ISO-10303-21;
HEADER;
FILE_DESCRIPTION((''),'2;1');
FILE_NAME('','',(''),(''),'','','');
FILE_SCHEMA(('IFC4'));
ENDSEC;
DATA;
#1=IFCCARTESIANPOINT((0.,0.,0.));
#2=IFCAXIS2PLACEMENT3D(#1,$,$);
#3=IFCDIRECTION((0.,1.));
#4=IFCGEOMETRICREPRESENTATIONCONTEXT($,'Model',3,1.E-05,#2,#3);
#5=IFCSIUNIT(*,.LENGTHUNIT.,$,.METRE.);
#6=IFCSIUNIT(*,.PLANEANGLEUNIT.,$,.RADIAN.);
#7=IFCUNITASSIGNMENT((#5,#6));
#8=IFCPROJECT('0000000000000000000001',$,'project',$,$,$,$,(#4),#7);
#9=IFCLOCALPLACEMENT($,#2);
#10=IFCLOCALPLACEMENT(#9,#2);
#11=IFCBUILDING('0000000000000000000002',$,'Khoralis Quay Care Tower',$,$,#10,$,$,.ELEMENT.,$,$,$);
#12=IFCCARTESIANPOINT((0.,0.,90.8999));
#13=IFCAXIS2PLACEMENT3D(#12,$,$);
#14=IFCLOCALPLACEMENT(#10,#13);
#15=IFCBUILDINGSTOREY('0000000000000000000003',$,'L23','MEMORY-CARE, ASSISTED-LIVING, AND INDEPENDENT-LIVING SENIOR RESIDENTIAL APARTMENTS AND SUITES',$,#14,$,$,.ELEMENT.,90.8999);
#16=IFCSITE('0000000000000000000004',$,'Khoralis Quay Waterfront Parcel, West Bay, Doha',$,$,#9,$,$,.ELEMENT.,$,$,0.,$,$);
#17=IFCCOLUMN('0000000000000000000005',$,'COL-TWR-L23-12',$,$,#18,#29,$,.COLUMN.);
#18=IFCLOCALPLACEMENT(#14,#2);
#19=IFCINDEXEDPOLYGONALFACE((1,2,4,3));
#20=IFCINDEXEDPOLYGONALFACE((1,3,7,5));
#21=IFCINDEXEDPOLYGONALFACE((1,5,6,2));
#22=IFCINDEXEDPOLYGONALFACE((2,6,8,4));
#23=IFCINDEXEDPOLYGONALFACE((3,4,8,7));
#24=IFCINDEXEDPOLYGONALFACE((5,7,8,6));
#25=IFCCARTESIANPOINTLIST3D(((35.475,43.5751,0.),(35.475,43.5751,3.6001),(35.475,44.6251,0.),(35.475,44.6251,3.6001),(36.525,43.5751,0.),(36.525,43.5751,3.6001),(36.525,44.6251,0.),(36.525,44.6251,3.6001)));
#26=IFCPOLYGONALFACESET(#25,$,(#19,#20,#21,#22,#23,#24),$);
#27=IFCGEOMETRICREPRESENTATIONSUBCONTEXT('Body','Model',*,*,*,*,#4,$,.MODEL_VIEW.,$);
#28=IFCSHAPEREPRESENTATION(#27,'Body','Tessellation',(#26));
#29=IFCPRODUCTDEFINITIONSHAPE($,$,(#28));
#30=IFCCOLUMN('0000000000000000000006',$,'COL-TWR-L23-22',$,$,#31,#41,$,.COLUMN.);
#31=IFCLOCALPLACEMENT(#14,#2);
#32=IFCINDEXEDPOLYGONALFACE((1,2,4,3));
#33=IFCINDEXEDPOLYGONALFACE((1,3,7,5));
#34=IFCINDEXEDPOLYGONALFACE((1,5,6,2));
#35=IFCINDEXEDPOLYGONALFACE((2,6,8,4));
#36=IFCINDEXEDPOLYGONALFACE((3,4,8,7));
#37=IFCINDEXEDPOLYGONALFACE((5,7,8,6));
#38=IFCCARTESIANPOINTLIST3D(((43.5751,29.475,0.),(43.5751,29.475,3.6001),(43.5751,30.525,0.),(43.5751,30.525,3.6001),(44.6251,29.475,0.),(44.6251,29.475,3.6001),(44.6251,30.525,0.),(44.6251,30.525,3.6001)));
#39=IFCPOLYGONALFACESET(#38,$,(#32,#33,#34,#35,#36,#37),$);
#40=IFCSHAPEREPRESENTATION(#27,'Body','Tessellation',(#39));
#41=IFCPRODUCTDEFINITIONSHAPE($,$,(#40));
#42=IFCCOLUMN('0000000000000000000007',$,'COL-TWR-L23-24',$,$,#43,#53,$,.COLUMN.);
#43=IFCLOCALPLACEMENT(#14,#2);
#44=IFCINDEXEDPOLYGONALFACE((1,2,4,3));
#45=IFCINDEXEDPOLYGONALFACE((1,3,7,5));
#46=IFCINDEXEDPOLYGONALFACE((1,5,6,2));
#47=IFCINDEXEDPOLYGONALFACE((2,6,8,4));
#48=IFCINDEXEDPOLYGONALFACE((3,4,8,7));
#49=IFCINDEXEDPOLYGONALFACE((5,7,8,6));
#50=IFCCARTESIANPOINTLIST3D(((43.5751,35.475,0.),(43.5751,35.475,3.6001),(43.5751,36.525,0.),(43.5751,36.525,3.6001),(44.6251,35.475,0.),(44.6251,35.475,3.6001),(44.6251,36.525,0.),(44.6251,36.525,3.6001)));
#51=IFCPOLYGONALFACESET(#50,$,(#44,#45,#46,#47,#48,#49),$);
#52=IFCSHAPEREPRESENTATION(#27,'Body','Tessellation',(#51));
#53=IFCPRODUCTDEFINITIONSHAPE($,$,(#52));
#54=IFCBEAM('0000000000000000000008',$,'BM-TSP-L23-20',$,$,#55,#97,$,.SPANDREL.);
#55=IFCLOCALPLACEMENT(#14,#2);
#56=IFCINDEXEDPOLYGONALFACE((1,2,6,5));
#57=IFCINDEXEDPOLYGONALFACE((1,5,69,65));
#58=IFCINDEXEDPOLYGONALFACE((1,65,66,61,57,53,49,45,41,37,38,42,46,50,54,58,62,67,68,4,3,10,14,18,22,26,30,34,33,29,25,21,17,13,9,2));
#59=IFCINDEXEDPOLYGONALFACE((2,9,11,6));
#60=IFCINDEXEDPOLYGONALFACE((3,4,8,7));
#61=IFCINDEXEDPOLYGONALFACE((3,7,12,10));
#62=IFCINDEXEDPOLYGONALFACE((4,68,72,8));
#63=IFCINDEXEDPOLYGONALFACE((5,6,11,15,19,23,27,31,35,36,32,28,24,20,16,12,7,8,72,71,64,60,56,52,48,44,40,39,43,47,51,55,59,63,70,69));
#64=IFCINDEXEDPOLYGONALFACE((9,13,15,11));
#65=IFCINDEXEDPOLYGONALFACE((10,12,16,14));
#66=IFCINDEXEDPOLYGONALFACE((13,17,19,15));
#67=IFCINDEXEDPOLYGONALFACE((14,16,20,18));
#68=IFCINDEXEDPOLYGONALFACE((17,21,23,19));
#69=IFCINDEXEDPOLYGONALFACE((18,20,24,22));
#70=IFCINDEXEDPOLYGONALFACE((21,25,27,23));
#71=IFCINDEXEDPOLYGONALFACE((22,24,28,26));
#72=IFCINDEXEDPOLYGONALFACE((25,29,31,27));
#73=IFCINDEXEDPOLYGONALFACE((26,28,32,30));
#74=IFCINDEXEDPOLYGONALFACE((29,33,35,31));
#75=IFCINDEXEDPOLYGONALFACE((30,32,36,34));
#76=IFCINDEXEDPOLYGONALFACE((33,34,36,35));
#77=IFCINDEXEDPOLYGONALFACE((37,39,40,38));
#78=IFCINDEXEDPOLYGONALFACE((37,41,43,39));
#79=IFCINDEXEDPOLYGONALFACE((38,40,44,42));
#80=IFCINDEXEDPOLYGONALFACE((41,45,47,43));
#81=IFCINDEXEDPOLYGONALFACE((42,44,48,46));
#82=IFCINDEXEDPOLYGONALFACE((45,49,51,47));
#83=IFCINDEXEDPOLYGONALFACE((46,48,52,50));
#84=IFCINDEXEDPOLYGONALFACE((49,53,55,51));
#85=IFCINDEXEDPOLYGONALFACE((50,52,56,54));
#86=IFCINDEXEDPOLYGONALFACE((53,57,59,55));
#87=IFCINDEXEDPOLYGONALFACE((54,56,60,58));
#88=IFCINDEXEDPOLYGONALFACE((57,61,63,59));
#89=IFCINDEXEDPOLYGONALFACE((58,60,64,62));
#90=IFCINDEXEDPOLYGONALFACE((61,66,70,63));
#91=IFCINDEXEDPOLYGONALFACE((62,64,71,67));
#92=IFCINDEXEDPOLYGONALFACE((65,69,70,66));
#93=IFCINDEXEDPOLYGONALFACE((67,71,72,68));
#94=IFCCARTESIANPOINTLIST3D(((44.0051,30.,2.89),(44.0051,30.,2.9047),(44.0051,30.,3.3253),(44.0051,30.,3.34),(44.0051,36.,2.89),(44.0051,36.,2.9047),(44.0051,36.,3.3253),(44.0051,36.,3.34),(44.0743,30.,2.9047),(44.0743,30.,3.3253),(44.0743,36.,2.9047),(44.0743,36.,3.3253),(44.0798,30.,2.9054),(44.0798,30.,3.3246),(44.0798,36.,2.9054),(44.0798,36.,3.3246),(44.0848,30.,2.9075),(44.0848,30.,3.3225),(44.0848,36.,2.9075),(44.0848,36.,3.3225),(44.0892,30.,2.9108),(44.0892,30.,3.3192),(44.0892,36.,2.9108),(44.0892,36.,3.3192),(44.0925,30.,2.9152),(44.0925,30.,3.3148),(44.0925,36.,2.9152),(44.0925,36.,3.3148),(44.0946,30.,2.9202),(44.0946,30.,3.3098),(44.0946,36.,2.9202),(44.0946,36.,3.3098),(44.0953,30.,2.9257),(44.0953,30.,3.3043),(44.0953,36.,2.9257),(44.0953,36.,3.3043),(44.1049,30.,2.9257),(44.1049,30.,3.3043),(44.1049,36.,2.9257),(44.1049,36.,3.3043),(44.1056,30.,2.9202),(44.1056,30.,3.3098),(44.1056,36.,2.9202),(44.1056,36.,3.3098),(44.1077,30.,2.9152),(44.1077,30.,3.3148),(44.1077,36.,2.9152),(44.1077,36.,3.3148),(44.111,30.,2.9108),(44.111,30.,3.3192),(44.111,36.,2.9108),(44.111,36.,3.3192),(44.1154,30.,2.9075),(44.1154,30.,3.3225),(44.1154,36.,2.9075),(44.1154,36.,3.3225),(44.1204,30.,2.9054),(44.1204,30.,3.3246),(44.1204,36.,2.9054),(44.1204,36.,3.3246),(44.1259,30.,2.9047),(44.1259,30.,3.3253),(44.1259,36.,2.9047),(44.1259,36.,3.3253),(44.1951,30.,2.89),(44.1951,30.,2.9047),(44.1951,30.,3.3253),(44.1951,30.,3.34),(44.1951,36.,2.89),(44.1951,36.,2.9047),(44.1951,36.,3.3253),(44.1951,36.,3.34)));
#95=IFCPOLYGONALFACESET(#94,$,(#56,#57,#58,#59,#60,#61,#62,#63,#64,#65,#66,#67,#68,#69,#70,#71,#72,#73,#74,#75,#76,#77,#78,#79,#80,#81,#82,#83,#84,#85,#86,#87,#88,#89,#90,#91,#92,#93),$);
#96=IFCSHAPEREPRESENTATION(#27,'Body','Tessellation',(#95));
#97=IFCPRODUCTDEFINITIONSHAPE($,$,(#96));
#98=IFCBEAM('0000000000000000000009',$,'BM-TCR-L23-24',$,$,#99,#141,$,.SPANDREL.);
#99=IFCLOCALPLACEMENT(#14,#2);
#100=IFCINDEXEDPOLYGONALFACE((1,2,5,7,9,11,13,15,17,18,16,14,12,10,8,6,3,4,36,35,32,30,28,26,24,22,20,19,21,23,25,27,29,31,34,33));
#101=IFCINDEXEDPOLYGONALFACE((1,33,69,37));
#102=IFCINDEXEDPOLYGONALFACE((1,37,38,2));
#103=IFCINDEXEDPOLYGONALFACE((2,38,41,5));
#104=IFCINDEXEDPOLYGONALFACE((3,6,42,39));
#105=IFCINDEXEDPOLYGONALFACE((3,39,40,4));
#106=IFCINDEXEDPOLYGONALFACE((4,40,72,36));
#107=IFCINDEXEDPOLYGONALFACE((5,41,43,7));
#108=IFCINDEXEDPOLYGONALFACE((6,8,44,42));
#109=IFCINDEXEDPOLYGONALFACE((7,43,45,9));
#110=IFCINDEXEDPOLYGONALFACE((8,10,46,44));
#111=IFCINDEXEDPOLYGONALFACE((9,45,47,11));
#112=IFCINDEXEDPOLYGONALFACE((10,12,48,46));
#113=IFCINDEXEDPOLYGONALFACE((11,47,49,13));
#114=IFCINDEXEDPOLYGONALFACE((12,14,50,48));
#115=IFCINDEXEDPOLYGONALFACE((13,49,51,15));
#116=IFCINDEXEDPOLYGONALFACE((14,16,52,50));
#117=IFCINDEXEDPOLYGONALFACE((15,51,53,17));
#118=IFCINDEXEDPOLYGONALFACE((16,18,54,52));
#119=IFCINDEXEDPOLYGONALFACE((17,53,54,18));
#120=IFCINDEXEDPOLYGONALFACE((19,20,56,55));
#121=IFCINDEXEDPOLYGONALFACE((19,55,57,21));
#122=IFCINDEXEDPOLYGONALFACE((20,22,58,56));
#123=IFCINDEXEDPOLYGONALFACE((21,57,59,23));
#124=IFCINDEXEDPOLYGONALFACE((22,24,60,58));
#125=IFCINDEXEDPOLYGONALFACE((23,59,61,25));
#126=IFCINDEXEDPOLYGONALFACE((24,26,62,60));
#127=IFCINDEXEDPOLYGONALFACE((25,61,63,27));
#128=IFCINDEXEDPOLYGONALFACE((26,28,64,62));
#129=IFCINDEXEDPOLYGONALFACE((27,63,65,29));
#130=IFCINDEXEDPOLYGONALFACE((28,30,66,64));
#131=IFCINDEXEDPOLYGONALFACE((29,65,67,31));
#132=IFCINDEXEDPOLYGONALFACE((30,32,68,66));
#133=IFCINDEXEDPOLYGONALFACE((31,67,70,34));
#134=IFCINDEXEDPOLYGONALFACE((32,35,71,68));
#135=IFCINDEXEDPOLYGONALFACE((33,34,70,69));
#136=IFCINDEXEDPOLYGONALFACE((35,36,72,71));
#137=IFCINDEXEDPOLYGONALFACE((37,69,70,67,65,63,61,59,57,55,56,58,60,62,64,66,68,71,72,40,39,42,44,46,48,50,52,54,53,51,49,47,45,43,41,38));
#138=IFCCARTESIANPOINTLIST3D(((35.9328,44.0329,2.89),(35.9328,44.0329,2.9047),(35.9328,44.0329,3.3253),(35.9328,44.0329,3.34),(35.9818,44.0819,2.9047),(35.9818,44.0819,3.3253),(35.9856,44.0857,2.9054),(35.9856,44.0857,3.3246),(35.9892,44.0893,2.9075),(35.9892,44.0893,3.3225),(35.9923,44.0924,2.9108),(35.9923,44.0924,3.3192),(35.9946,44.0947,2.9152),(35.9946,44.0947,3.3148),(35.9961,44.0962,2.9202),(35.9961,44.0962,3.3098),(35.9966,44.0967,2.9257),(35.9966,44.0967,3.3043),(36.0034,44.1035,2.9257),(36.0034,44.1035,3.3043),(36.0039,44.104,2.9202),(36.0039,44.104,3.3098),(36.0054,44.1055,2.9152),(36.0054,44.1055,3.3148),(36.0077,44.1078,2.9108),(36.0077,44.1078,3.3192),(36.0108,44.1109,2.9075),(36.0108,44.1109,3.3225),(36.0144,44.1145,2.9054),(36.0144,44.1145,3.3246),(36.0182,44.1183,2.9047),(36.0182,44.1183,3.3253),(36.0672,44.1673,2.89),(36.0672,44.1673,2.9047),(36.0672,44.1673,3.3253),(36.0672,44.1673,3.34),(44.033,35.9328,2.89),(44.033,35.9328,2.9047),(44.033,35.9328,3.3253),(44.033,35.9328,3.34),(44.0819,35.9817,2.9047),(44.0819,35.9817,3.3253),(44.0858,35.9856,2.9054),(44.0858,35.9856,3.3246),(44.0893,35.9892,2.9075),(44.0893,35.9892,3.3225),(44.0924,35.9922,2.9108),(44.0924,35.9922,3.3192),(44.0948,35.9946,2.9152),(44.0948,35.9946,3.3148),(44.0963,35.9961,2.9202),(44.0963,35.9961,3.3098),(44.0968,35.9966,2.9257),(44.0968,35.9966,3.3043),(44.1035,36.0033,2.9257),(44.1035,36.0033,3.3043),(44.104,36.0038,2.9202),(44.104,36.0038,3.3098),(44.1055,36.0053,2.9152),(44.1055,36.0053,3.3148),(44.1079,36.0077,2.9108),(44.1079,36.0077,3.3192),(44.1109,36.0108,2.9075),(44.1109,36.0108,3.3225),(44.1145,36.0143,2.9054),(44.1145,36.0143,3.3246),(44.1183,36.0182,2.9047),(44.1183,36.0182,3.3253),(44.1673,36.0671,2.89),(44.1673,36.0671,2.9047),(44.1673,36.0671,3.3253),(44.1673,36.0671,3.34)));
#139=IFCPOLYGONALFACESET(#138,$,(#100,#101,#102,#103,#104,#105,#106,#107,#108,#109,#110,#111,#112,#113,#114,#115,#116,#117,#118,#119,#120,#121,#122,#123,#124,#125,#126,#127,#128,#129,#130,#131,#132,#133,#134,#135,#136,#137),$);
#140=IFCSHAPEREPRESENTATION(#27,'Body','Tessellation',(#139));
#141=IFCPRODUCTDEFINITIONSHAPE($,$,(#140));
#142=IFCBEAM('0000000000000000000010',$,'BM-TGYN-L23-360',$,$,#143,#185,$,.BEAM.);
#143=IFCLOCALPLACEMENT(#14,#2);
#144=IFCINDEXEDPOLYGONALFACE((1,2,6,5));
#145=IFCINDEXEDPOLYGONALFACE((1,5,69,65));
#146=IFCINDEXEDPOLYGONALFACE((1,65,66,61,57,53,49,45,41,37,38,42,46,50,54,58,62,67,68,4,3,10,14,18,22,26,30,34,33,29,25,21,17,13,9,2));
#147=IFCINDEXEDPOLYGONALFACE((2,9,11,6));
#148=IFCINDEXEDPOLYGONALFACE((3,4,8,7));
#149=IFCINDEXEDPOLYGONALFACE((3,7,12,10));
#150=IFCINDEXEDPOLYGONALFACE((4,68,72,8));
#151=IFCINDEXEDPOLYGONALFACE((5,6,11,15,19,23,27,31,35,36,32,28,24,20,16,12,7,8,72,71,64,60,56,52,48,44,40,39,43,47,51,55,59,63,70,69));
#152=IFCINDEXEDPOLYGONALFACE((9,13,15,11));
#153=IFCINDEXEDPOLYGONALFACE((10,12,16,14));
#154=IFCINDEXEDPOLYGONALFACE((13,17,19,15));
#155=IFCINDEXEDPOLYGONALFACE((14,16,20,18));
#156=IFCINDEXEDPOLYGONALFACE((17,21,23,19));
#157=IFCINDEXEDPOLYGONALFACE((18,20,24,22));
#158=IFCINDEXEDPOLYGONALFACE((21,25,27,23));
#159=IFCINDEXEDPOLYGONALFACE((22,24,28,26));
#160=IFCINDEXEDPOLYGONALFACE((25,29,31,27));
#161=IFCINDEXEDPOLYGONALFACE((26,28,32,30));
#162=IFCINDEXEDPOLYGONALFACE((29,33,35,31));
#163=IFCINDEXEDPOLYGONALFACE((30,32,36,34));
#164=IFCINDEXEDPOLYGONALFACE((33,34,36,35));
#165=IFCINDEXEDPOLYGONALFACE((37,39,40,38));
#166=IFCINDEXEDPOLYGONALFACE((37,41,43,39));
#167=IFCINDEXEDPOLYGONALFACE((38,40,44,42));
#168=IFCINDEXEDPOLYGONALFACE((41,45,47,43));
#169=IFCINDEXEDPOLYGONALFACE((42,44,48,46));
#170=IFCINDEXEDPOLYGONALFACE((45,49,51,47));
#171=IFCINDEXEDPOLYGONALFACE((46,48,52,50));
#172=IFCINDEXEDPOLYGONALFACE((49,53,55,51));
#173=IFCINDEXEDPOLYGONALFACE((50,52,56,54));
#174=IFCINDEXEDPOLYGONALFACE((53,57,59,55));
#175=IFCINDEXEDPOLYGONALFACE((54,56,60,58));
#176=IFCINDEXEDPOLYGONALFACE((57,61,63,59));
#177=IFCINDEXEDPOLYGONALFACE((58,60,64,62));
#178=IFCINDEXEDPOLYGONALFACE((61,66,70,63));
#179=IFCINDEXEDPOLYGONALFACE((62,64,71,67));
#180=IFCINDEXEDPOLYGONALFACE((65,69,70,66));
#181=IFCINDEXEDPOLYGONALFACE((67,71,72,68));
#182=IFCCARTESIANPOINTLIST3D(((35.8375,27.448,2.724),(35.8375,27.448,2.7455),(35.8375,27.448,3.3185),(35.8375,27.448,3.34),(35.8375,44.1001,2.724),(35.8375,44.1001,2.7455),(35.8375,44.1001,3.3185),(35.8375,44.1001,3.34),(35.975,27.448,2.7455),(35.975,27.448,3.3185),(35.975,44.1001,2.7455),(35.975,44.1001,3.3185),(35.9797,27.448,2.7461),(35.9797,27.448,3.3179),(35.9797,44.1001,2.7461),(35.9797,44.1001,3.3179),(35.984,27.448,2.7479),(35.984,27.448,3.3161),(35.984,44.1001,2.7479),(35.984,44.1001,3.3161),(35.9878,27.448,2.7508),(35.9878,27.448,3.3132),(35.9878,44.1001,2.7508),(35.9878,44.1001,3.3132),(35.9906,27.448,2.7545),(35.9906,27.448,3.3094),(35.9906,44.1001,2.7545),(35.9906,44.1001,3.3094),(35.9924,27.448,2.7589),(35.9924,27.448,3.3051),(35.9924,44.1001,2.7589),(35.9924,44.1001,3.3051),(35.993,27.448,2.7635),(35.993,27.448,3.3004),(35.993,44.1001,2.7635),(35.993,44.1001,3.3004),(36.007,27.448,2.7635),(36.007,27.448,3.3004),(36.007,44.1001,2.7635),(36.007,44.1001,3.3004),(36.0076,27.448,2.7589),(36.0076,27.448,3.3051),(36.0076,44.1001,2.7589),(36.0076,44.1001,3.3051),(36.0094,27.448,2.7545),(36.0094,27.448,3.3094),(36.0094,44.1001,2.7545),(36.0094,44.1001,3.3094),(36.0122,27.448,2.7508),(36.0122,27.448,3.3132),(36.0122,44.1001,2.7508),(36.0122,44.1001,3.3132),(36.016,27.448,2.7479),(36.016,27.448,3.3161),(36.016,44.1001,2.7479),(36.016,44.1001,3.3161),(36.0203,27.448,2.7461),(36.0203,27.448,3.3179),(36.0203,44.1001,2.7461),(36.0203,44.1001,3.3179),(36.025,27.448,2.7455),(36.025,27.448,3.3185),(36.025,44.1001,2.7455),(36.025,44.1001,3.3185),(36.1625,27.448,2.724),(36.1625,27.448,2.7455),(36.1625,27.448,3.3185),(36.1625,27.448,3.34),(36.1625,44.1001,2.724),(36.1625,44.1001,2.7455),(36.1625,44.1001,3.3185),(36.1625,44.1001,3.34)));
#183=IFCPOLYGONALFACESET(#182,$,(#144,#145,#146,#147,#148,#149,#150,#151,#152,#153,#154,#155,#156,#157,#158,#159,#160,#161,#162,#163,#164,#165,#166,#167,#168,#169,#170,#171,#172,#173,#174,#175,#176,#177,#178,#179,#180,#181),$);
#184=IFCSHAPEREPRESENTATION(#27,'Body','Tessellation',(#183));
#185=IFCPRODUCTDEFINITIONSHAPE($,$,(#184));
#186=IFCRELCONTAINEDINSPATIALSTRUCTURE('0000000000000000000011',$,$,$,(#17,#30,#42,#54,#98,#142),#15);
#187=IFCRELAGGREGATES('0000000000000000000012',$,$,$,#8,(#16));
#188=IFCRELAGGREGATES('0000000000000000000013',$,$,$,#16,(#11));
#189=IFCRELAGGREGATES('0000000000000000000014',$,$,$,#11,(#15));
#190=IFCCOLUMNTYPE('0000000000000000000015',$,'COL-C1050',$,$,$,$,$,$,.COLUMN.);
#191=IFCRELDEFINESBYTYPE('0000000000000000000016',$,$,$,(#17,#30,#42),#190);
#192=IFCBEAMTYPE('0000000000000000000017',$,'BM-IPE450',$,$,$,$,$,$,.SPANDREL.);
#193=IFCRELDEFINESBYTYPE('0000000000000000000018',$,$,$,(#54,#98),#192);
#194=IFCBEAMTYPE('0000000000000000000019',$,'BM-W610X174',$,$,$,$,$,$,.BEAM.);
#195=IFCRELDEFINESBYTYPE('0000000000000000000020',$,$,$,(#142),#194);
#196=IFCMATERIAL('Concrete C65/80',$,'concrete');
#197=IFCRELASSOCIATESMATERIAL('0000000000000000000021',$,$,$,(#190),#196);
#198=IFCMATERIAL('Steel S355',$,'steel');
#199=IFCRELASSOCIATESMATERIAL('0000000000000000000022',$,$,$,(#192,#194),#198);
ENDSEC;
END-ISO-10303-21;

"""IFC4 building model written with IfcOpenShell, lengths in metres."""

from ifc_helpers import new_model, si_unit, direction, frame, origin, origin_2d, place, context, subcontext, project, spatial, rectangle, i_section, extrude, source, transform, mapped, material, material_profile, profile_set, type_object, element, save


model = new_model("IFC4")

# Units and contexts
model_context = context("Model", 3, precision=1e-05, world=origin(), true_north=direction((0.0, 1.0)))
body_context = subcontext(model_context, "Body", "Model", "MODEL_VIEW")
ifc_project = project(units=[si_unit("LENGTHUNIT", "METRE"), si_unit("PLANEANGLEUNIT", "RADIAN")], contexts=[model_context])

# Site, building, storey
site_placement = place(None, origin())
site = spatial("IfcSite", under=ifc_project, at=site_placement, Name="Khoralis Quay Waterfront Parcel, West Bay, Doha", CompositionType="ELEMENT", RefElevation=0.0)
building_placement = place(site_placement, origin())
building = spatial("IfcBuilding", under=site, at=building_placement, Name="Khoralis Quay Care Tower", CompositionType="ELEMENT")
storey_placement = place(building_placement, frame((0.0, 0.0, 90.8999)))
storey = spatial("IfcBuildingStorey", under=building, at=storey_placement, Name="L23", Description="MEMORY-CARE, ASSISTED-LIVING, AND INDEPENDENT-LIVING SENIOR RESIDENTIAL APARTMENTS AND SUITES", CompositionType="ELEMENT", Elevation=90.8999)

# Columns
ifc_material_1 = material(Name="Concrete C65/80", Category="concrete")
ifc_material_profile_1 = material_profile(ifc_material_1, rectangle(XDim=1.05, YDim=1.05, at=origin_2d()), Name="Concrete C65/80")
ifc_profile_set_1 = profile_set([ifc_material_profile_1], Name="Concrete C65/80")
column_type = type_object("IfcColumnType", Name="COL-C1050", PredefinedType="COLUMN", material=ifc_profile_set_1)
shared_shape_1 = source(origin(), body_context, "Body", "SweptSolid", [
    extrude(rectangle(XDim=1.05, YDim=1.05, at=origin_2d()), origin(), (0.0, 0.0, 1.0), 3.6001),
])
for number, where, z_axis, x_axis, name in (
    (1, (36.0, 44.1001, 0.0), (0.0, 0.0, 1.0), (1.0, 0.0, 0.0), "COL-TWR-L23-12"),
    (2, (44.1001, 30.0, 0.0), (0.0, 0.0, 1.0), (1.0, 0.0, 0.0), "COL-TWR-L23-22"),
    (3, (44.1001, 36.0, 0.0), (0.0, 0.0, 1.0), (1.0, 0.0, 0.0), "COL-TWR-L23-24"),
):
    element("IfcColumn", number, at=place(storey_placement, frame(where, z_axis=z_axis, x_axis=x_axis)), inside=storey, type_object=column_type, Name=name, PredefinedType="COLUMN", context=body_context, shape_type="MappedRepresentation", body=[
        mapped(shared_shape_1, transform((0.0, 0.0, 0.0), scale=1.0)),
    ])

# Beams
ifc_material_2 = material(Name="Steel S355", Category="steel")
ifc_material_profile_2 = material_profile(ifc_material_2, i_section(OverallWidth=0.1899, OverallDepth=0.45, WebThickness=0.0095, FlangeThickness=0.0146, FilletRadius=0.021, at=origin_2d()), Name="Steel S355")
ifc_profile_set_2 = profile_set([ifc_material_profile_2], Name="Steel S355")
beam_type_1 = type_object("IfcBeamType", Name="BM-IPE450", PredefinedType="SPANDREL", material=ifc_profile_set_2)
shared_shape_2 = source(origin(), body_context, "Body", "SweptSolid", [
    extrude(i_section(OverallWidth=0.1899, OverallDepth=0.45, WebThickness=0.0095, FlangeThickness=0.0146, FilletRadius=0.021, at=origin_2d()), origin(), (0.0, 0.0, 1.0), 6.0),
])
beam_1_placement = place(storey_placement, frame((44.1001, 30.0, 3.115), z_axis=(0.0, 1.0, 0.0), x_axis=(-1.0, 0.0, 0.0)))
element("IfcBeam", 4, at=beam_1_placement, inside=storey, type_object=beam_type_1, Name="BM-TSP-L23-20", PredefinedType="SPANDREL", context=body_context, shape_type="MappedRepresentation", body=[
    mapped(shared_shape_2, transform((0.0, 0.0, 0.0), scale=1.0)),
])
shared_shape_3 = source(origin(), body_context, "Body", "SweptSolid", [
    extrude(i_section(OverallWidth=0.1899, OverallDepth=0.45, WebThickness=0.0095, FlangeThickness=0.0146, FilletRadius=0.021, at=origin_2d()), origin(), (0.0, 0.0, 1.0), 11.4553),
])
beam_2_placement = place(storey_placement, frame((36.0, 44.1001, 3.115), z_axis=(0.707107, -0.707107, 0.0), x_axis=(0.707107, 0.707107, 0.0)))
element("IfcBeam", 5, at=beam_2_placement, inside=storey, type_object=beam_type_1, Name="BM-TCR-L23-24", PredefinedType="SPANDREL", context=body_context, shape_type="MappedRepresentation", body=[
    mapped(shared_shape_3, transform((0.0, 0.0, 0.0), scale=1.0)),
])
ifc_material_profile_3 = material_profile(ifc_material_2, i_section(OverallWidth=0.325, OverallDepth=0.616, WebThickness=0.0139, FlangeThickness=0.0215, FilletRadius=0.0181, at=origin_2d()), Name="Steel S355")
ifc_profile_set_3 = profile_set([ifc_material_profile_3], Name="Steel S355")
beam_type_2 = type_object("IfcBeamType", Name="BM-W610X174", PredefinedType="BEAM", material=ifc_profile_set_3)
shared_shape_4 = source(origin(), body_context, "Body", "SweptSolid", [
    extrude(i_section(OverallWidth=0.325, OverallDepth=0.616, WebThickness=0.0139, FlangeThickness=0.0215, FilletRadius=0.0181, at=origin_2d()), origin(), (0.0, 0.0, 1.0), 16.6521),
])
beam_3_placement = place(storey_placement, frame((36.0, 27.448, 3.032), z_axis=(0.0, 1.0, 0.0), x_axis=(-1.0, 0.0, 0.0)))
element("IfcBeam", 6, at=beam_3_placement, inside=storey, type_object=beam_type_2, Name="BM-TGYN-L23-360", PredefinedType="BEAM", context=body_context, shape_type="MappedRepresentation", body=[
    mapped(shared_shape_4, transform((0.0, 0.0, 0.0), scale=1.0)),
])

save(model, "model.ifc")
